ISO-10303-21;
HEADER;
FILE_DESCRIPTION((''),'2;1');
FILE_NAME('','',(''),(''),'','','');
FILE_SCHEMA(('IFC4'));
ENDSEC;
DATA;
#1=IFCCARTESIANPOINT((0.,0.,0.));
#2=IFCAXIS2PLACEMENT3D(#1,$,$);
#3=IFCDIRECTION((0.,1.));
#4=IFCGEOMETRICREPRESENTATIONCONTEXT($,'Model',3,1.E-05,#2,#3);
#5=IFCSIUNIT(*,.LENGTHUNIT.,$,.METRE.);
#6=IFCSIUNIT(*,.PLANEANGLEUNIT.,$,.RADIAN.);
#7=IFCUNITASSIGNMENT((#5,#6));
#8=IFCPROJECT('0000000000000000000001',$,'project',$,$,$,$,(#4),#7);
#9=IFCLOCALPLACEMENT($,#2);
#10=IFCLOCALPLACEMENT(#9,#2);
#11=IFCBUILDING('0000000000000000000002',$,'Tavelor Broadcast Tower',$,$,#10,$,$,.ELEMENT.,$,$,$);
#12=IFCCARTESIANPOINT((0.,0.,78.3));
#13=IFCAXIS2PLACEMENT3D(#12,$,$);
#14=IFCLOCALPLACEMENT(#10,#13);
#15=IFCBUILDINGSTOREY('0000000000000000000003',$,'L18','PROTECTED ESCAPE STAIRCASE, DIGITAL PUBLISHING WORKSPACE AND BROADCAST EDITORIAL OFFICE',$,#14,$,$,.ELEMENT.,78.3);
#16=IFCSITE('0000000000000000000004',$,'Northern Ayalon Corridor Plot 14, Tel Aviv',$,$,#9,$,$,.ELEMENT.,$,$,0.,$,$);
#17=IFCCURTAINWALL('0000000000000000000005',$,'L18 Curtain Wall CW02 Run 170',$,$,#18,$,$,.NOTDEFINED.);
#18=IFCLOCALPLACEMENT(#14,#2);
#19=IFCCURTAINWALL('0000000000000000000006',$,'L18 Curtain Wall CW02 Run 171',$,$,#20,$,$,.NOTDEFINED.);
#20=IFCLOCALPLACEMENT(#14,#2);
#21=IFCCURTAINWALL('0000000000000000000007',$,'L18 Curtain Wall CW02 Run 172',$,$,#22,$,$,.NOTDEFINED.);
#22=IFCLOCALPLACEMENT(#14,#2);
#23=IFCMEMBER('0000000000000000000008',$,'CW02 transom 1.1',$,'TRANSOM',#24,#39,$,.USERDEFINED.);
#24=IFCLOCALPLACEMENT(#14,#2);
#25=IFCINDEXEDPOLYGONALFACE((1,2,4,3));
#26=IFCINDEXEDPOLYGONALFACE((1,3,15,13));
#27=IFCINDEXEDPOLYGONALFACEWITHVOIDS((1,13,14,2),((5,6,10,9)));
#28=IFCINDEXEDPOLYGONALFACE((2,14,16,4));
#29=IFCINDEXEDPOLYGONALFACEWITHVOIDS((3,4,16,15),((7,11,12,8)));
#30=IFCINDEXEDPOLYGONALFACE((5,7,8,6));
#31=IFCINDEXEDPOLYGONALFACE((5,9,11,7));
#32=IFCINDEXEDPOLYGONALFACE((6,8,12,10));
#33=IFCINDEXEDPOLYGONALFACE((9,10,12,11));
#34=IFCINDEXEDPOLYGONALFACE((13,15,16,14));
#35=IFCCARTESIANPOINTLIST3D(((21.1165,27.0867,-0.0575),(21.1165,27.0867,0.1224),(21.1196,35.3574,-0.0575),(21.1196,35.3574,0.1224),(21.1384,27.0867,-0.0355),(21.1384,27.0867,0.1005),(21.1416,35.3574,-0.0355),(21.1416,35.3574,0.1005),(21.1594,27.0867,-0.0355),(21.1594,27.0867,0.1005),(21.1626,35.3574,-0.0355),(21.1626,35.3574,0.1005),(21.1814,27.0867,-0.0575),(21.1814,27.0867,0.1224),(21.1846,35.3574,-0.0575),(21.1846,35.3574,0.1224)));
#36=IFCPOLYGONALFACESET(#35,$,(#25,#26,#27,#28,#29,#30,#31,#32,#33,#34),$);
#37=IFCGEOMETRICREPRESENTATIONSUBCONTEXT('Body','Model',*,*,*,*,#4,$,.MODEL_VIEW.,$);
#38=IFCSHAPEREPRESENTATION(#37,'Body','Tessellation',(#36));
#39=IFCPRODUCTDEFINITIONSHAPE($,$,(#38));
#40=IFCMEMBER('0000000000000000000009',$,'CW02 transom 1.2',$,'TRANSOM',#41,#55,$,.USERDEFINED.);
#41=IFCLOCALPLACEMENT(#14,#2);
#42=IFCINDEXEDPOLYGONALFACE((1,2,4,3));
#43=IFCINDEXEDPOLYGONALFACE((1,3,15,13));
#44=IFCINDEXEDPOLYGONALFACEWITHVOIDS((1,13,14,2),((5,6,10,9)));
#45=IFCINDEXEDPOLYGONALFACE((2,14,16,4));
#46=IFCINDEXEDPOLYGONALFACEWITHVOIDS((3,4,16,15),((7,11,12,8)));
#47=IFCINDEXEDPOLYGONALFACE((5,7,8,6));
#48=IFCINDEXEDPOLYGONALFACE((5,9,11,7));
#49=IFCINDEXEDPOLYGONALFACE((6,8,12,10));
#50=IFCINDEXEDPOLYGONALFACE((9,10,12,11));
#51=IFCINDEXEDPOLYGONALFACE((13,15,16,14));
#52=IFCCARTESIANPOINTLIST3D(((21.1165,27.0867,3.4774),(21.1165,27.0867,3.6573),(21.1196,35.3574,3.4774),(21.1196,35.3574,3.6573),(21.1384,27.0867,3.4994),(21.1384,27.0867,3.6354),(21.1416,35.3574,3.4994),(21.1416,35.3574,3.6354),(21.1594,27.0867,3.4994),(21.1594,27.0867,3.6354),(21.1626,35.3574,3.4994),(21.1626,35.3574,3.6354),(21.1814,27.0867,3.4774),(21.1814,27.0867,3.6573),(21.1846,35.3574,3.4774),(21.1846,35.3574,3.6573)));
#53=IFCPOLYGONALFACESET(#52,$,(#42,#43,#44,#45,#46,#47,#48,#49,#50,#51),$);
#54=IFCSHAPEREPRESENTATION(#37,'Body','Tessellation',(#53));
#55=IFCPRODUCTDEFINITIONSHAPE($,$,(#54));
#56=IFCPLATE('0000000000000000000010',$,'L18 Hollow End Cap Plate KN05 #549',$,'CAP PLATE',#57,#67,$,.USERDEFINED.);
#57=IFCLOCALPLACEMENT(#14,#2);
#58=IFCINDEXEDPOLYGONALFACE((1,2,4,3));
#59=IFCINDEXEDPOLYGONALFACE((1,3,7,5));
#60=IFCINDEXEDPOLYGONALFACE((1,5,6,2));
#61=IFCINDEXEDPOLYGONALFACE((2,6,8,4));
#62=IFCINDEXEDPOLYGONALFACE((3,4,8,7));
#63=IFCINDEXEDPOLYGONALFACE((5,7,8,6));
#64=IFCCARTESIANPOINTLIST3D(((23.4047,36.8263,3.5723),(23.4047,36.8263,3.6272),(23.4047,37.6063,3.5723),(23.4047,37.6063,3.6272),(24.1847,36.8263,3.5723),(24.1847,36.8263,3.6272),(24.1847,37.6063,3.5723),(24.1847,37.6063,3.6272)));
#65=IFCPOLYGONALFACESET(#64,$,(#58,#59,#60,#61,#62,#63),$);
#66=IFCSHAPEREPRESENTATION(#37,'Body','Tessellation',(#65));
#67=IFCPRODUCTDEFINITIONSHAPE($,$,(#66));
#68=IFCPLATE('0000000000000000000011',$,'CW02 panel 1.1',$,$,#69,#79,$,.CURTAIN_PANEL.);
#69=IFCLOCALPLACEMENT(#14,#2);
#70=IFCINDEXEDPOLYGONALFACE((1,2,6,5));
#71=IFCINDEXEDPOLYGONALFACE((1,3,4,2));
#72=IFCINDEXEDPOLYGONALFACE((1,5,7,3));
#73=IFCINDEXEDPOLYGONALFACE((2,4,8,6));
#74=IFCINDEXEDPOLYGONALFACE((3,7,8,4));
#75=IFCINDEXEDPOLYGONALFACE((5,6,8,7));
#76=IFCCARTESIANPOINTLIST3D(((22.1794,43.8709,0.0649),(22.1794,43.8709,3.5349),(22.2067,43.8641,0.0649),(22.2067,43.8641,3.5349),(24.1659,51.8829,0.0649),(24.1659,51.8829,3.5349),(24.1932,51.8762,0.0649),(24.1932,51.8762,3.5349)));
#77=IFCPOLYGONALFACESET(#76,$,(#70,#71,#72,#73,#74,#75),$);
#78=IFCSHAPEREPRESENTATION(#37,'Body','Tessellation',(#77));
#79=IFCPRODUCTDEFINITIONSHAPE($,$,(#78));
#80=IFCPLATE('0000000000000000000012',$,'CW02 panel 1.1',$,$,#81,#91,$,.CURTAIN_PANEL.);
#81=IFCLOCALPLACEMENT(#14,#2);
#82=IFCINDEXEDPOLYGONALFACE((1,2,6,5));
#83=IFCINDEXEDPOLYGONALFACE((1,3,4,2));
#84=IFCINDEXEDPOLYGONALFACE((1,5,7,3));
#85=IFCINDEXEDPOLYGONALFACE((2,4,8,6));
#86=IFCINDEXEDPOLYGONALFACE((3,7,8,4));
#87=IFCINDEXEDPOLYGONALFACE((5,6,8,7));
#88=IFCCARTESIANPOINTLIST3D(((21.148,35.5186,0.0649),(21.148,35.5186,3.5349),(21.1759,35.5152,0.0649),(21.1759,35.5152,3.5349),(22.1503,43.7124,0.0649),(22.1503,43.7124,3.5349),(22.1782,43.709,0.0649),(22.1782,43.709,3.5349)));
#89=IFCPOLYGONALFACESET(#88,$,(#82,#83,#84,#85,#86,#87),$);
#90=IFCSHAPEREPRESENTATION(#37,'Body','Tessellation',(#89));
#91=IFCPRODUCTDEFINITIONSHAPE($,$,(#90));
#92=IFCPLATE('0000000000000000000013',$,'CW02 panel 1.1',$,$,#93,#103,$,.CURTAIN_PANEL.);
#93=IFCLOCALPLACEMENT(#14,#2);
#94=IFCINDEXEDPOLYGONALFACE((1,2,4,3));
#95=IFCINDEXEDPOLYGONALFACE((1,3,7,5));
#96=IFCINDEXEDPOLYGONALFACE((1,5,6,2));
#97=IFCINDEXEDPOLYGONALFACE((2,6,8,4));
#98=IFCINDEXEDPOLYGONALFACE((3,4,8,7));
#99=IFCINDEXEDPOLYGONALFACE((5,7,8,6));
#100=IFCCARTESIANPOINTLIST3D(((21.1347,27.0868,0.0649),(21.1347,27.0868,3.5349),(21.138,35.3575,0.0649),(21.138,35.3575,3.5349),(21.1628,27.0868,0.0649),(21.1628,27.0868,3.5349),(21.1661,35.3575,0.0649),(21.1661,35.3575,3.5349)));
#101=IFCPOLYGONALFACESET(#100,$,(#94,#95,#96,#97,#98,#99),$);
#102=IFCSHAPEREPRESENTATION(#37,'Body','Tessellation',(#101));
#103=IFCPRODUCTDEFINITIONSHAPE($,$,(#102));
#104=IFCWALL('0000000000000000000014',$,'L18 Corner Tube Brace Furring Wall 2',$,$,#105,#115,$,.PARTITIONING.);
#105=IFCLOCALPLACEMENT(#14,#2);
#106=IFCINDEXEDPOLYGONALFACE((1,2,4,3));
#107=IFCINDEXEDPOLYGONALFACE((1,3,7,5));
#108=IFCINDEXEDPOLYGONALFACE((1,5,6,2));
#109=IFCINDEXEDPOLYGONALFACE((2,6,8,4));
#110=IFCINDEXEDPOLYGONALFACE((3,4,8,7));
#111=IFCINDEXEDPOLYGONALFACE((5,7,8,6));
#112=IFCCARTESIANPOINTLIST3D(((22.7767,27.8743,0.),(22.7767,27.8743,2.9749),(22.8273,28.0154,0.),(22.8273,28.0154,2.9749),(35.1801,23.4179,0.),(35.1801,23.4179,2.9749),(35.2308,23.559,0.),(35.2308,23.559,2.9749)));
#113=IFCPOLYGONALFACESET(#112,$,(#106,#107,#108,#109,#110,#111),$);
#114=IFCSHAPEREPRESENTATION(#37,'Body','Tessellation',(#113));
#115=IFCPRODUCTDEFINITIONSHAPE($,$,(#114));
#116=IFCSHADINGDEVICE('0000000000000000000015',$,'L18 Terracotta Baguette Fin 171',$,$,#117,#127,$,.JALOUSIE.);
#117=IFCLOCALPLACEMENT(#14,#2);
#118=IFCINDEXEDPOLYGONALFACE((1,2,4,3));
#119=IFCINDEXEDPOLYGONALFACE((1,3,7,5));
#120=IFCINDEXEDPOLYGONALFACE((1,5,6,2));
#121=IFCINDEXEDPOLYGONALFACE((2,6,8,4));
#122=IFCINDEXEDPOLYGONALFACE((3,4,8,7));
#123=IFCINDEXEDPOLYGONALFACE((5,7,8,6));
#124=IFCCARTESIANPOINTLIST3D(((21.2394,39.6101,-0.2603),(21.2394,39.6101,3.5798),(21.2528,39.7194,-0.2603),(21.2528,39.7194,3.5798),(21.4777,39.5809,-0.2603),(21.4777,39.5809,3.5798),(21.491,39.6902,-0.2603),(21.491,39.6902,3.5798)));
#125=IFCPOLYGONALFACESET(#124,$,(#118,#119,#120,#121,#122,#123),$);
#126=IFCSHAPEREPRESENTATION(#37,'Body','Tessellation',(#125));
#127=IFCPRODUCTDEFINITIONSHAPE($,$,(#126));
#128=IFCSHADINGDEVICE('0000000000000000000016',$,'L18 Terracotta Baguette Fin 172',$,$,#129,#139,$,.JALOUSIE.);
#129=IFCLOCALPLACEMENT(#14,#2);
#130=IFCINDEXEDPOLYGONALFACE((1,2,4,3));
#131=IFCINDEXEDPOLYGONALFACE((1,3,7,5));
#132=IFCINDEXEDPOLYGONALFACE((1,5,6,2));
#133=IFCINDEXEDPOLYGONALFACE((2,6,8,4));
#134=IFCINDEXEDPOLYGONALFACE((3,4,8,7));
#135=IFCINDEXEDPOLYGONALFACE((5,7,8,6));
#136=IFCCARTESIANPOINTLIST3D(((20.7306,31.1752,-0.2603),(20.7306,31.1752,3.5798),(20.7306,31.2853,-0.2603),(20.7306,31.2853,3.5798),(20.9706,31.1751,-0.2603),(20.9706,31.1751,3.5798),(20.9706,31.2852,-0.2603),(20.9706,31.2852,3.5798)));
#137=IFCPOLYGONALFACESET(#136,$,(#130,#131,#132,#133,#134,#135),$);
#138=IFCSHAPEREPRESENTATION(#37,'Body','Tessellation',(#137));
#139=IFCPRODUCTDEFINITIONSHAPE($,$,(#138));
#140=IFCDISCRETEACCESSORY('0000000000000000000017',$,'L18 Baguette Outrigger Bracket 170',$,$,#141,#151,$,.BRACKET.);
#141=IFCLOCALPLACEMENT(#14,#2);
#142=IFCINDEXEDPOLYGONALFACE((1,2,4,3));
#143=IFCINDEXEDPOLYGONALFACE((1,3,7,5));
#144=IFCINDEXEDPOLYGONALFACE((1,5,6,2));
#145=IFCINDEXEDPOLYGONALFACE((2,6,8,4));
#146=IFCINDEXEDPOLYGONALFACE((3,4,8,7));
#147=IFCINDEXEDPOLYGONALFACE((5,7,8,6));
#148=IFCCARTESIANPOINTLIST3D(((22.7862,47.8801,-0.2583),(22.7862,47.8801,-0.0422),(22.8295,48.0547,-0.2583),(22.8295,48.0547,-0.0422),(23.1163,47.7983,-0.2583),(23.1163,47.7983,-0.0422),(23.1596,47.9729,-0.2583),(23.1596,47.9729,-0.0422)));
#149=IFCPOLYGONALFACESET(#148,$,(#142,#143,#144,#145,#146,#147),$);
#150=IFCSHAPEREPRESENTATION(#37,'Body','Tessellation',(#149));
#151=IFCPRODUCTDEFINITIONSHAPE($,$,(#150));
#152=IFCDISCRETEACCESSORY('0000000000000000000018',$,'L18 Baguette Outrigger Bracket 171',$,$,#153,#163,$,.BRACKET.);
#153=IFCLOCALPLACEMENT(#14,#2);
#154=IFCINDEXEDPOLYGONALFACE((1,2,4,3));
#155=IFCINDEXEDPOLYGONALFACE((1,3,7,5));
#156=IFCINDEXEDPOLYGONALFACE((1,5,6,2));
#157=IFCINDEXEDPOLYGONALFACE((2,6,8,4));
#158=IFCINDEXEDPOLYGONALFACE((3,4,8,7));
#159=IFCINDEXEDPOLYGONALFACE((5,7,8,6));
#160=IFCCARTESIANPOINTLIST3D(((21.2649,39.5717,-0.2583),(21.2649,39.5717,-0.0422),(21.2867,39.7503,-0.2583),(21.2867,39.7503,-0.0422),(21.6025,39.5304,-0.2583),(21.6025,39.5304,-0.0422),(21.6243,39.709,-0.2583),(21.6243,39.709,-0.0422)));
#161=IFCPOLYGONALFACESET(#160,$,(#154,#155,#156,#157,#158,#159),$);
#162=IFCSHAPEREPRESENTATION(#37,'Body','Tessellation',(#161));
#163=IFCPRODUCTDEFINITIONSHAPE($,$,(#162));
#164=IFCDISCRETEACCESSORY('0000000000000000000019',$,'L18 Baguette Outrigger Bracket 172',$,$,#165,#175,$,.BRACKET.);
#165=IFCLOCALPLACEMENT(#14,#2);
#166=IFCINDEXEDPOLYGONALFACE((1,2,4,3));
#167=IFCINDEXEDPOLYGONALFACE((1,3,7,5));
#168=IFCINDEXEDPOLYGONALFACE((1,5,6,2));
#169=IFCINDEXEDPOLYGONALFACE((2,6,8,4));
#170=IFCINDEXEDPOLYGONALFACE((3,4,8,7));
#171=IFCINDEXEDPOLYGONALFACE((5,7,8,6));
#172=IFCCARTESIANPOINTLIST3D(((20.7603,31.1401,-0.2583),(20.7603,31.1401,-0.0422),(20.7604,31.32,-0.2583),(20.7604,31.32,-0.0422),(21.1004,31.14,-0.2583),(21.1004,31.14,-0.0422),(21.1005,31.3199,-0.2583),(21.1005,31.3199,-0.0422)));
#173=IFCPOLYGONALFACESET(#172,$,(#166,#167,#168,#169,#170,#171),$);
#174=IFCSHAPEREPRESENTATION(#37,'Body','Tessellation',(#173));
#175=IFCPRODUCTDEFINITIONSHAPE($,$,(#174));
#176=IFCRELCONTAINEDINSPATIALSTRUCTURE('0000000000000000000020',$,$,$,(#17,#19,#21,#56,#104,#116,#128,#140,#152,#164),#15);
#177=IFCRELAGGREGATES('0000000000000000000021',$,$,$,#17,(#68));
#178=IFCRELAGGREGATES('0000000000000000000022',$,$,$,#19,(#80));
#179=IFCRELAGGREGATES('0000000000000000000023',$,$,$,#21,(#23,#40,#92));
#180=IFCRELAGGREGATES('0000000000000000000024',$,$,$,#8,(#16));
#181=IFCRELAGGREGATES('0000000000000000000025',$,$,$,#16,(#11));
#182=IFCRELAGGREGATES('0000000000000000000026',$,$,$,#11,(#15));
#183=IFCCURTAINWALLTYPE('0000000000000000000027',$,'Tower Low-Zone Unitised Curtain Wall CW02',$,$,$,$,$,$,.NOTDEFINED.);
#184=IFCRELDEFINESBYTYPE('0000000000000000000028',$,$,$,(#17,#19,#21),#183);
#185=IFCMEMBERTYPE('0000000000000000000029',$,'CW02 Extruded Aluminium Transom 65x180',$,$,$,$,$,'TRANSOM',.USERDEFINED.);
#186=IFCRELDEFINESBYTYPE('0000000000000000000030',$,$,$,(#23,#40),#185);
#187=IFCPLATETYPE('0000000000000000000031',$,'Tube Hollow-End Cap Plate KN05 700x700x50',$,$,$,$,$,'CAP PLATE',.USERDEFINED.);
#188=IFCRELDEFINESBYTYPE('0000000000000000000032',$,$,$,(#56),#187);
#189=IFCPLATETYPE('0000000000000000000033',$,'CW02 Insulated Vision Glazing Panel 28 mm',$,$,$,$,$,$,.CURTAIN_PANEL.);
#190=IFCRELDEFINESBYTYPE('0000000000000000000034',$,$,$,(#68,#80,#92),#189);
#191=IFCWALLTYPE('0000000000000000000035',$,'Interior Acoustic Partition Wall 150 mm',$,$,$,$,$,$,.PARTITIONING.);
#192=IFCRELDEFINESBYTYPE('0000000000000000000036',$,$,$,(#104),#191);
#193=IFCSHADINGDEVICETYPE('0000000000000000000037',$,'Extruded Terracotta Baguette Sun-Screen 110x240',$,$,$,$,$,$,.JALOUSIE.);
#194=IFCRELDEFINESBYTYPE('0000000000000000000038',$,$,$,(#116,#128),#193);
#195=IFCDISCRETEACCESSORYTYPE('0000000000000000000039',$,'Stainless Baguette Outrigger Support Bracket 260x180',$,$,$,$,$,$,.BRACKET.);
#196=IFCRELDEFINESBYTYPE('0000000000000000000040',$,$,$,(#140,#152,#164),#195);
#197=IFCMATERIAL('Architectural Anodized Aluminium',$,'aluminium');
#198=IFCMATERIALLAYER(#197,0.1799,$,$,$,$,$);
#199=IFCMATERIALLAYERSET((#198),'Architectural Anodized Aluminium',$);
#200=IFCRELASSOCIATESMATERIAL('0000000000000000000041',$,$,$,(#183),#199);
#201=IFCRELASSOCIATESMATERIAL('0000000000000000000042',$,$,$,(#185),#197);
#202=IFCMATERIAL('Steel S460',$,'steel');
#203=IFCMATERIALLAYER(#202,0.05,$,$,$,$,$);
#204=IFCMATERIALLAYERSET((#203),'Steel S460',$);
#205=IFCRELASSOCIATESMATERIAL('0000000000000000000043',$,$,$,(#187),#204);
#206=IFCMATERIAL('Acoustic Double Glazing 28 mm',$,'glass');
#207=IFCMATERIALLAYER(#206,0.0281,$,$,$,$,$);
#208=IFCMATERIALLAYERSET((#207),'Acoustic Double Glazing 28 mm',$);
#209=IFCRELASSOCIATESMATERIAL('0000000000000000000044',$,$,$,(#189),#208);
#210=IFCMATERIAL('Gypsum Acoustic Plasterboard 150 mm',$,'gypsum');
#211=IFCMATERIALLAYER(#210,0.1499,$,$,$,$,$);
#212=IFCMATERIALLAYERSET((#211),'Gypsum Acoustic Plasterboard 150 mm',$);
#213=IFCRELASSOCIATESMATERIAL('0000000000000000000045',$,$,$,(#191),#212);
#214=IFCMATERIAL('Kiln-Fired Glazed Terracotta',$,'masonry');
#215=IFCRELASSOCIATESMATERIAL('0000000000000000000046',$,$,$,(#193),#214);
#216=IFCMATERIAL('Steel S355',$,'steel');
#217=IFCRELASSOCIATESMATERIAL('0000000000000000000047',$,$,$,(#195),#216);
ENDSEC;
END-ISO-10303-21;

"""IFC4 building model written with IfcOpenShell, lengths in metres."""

from ifc_helpers import new_model, si_unit, direction, frame, frame_2d, origin, origin_2d, place, context, subcontext, project, spatial, rectangle, hollow_rectangle, extrude, source, transform, mapped, material, layer, layer_set, material_profile, profile_set, type_object, type_shapes, element, aggregate, save


model = new_model("IFC4")

# Units and contexts
model_context = context("Model", 3, precision=1e-05, world=origin(), true_north=direction((0.0, 1.0)))
body_context = subcontext(model_context, "Body", "Model", "MODEL_VIEW")
ifc_project = project(units=[si_unit("LENGTHUNIT", "METRE"), si_unit("PLANEANGLEUNIT", "RADIAN")], contexts=[model_context])

# Site, building, storey
site_placement = place(None, origin())
site = spatial("IfcSite", under=ifc_project, at=site_placement, Name="Northern Ayalon Corridor Plot 14, Tel Aviv", CompositionType="ELEMENT", RefElevation=0.0)
building_placement = place(site_placement, origin())
building = spatial("IfcBuilding", under=site, at=building_placement, Name="Tavelor Broadcast Tower", CompositionType="ELEMENT")
storey_placement = place(building_placement, frame((0.0, 0.0, 78.3)))
storey = spatial("IfcBuildingStorey", under=building, at=storey_placement, Name="L18", Description="PROTECTED ESCAPE STAIRCASE, DIGITAL PUBLISHING WORKSPACE AND BROADCAST EDITORIAL OFFICE", CompositionType="ELEMENT", Elevation=78.3)

# Shared definitions
ifc_material_1 = material(Name="Steel S460", Category="steel")

# Shared definitions
ifc_material_2 = material(Name="Steel S355", Category="steel")

# Curtain wall
ifc_material_3 = material(Name="Architectural Anodized Aluminium", Category="aluminium")
ifc_layer_1 = layer(ifc_material_3, 0.1799)
ifc_layer_set_1 = layer_set([ifc_layer_1], Name="Architectural Anodized Aluminium")
curtain_wall_type = type_object("IfcCurtainWallType", Name="Tower Low-Zone Unitised Curtain Wall CW02", PredefinedType="NOTDEFINED", material=ifc_layer_set_1)
curtain_wall_1_placement = place(storey_placement, origin())
curtain_wall_1 = element("IfcCurtainWall", 1, at=curtain_wall_1_placement, inside=storey, type_object=curtain_wall_type, Name="L18 Curtain Wall CW02 Run 170", PredefinedType="NOTDEFINED")

# Curtain wall
curtain_wall_2_placement = place(storey_placement, origin())
curtain_wall_2 = element("IfcCurtainWall", 2, at=curtain_wall_2_placement, inside=storey, type_object=curtain_wall_type, Name="L18 Curtain Wall CW02 Run 171", PredefinedType="NOTDEFINED")

# Curtain wall
curtain_wall_3_placement = place(storey_placement, origin())
curtain_wall_3 = element("IfcCurtainWall", 3, at=curtain_wall_3_placement, inside=storey, type_object=curtain_wall_type, Name="L18 Curtain Wall CW02 Run 172", PredefinedType="NOTDEFINED")

# Members
ifc_material_profile_1 = material_profile(ifc_material_3, hollow_rectangle(XDim=0.0649, YDim=0.1799, WallThickness=0.022, at=origin_2d()), Name="RHS 65x180x22")
ifc_profile_set_1 = profile_set([ifc_material_profile_1], Name="Architectural Anodized Aluminium")
member_type_1 = type_object("IfcMemberType", Name="CW02 Extruded Aluminium Transom 65x180", ElementType="TRANSOM", PredefinedType="USERDEFINED", material=ifc_profile_set_1)
shared_shape_1 = source(origin(), body_context, "Body", "SweptSolid", [
    extrude(hollow_rectangle(XDim=0.0649, YDim=0.1799, WallThickness=0.022, at=origin_2d()), origin(), (0.0, 0.0, 1.0), 8.2708),
])
member_1_placement = place(storey_placement, frame((21.1521, 35.3574, 0.0325), z_axis=(-0.000384, -1.0, 0.0), x_axis=(1.0, -0.000384, 0.0)))
member_1 = element("IfcMember", 4, at=member_1_placement, type_object=member_type_1, Name="CW02 transom 1.1", ObjectType="TRANSOM", PredefinedType="USERDEFINED", context=body_context, shape_type="MappedRepresentation", body=[
    mapped(shared_shape_1, transform((0.0, 0.0, 0.0), scale=1.0)),
])
member_2_placement = place(storey_placement, frame((21.1521, 35.3574, 3.5674), z_axis=(-0.000384, -1.0, 0.0), x_axis=(1.0, -0.000384, 0.0)))
member_2 = element("IfcMember", 5, at=member_2_placement, type_object=member_type_1, Name="CW02 transom 1.2", ObjectType="TRANSOM", PredefinedType="USERDEFINED", context=body_context, shape_type="MappedRepresentation", body=[
    mapped(shared_shape_1, transform((0.0, 0.0, 0.0), scale=1.0)),
])

# Plates
ifc_layer_2 = layer(ifc_material_1, 0.05)
ifc_layer_set_2 = layer_set([ifc_layer_2], Name="Steel S460")
plate_type_1 = type_object("IfcPlateType", Name="Tube Hollow-End Cap Plate KN05 700x700x50", ElementType="CAP PLATE", PredefinedType="USERDEFINED", material=ifc_layer_set_2)
shared_shape_2 = source(origin(), body_context, "Body", "SweptSolid", [
    extrude(rectangle(XDim=0.78, YDim=0.78, at=origin_2d()), origin(), (0.0, 0.0, 1.0), 0.0549),
])
type_shapes(plate_type_1, [shared_shape_2])
plate_1_placement = place(storey_placement, frame((23.7947, 37.2163, 3.5723), z_axis=(0.0, 0.0, 1.0), x_axis=(1.0, 0.0, 0.0)))
element("IfcPlate", 6, at=plate_1_placement, inside=storey, type_object=plate_type_1, Name="L18 Hollow End Cap Plate KN05 #549", ObjectType="CAP PLATE", PredefinedType="USERDEFINED", context=body_context, shape_type="MappedRepresentation", body=[
    mapped(shared_shape_2, transform((0.0, 0.0, 0.0), scale=1.0)),
])
ifc_material_4 = material(Name="Acoustic Double Glazing 28 mm", Category="glass")
ifc_layer_3 = layer(ifc_material_4, 0.0281)
ifc_layer_set_3 = layer_set([ifc_layer_3], Name="Acoustic Double Glazing 28 mm")
plate_type_2 = type_object("IfcPlateType", Name="CW02 Insulated Vision Glazing Panel 28 mm", PredefinedType="CURTAIN_PANEL", material=ifc_layer_set_3)
shared_shape_3 = source(origin(), body_context, "Body", "SweptSolid", [
    extrude(rectangle(XDim=8.2546, YDim=0.0281, at=origin_2d()), origin(), (0.0, 0.0, 1.0), 3.47),
])
plate_2_placement = place(storey_placement, frame((23.1863, 47.8735, 0.0649), z_axis=(0.0, 0.0, 1.0), x_axis=(-0.240652, -0.970611, 0.0)))
plate_2 = element("IfcPlate", 7, at=plate_2_placement, type_object=plate_type_2, Name="CW02 panel 1.1", PredefinedType="CURTAIN_PANEL", context=body_context, shape_type="MappedRepresentation", body=[
    mapped(shared_shape_3, transform((0.0, 0.0, 0.0), scale=1.0)),
])
aggregate(curtain_wall_1, [plate_2])
shared_shape_4 = source(origin(), body_context, "Body", "SweptSolid", [
    extrude(rectangle(XDim=8.2549, YDim=0.0281, at=origin_2d()), origin(), (0.0, 0.0, 1.0), 3.47),
])
plate_3_placement = place(storey_placement, frame((21.6631, 39.6138, 0.0649), z_axis=(0.0, 0.0, 1.0), x_axis=(-0.121422, -0.992601, 0.0)))
plate_3 = element("IfcPlate", 8, at=plate_3_placement, type_object=plate_type_2, Name="CW02 panel 1.1", PredefinedType="CURTAIN_PANEL", context=body_context, shape_type="MappedRepresentation", body=[
    mapped(shared_shape_4, transform((0.0, 0.0, 0.0), scale=1.0)),
])
aggregate(curtain_wall_2, [plate_3])
shared_shape_5 = source(origin(), body_context, "Body", "SweptSolid", [
    extrude(rectangle(XDim=8.2708, YDim=0.0281, at=origin_2d()), origin(), (0.0, 0.0, 1.0), 3.47),
])
type_shapes(plate_type_2, [shared_shape_3, shared_shape_4, shared_shape_5])
plate_4_placement = place(storey_placement, frame((21.1504, 31.2222, 0.0649), z_axis=(0.0, 0.0, 1.0), x_axis=(-0.000405, -1.0, 0.0)))
plate_4 = element("IfcPlate", 9, at=plate_4_placement, type_object=plate_type_2, Name="CW02 panel 1.1", PredefinedType="CURTAIN_PANEL", context=body_context, shape_type="MappedRepresentation", body=[
    mapped(shared_shape_5, transform((0.0, 0.0, 0.0), scale=1.0)),
])
aggregate(curtain_wall_3, [member_1, member_2, plate_4])

# Wall
ifc_material_5 = material(Name="Gypsum Acoustic Plasterboard 150 mm", Category="gypsum")
ifc_layer_4 = layer(ifc_material_5, 0.1499)
ifc_layer_set_4 = layer_set([ifc_layer_4], Name="Gypsum Acoustic Plasterboard 150 mm")
wall_type = type_object("IfcWallType", Name="Interior Acoustic Partition Wall 150 mm", PredefinedType="PARTITIONING", material=ifc_layer_set_4)
wall_placement = place(storey_placement, frame((22.802, 27.9448, 0.0), z_axis=(0.0, 0.0, 1.0), x_axis=(0.941102, -0.338122, 0.0)))
element("IfcWall", 10, at=wall_placement, inside=storey, type_object=wall_type, Name="L18 Corner Tube Brace Furring Wall 2", PredefinedType="PARTITIONING", context=body_context, shape_type="SweptSolid", body=[
    extrude(rectangle(XDim=13.1797, YDim=0.1499, at=frame_2d((6.5898, 0.0))), origin(), (0.0, 0.0, 1.0), 2.9749),
])

# Shading devices
ifc_material_6 = material(Name="Kiln-Fired Glazed Terracotta", Category="masonry")
shading_device_type = type_object("IfcShadingDeviceType", Name="Extruded Terracotta Baguette Sun-Screen 110x240", PredefinedType="JALOUSIE", material=ifc_material_6)
shared_shape_6 = source(origin(), body_context, "Body", "SweptSolid", [
    extrude(rectangle(XDim=0.1101, YDim=0.24, at=origin_2d()), origin(), (0.0, 0.0, 1.0), 3.8401),
])
type_shapes(shading_device_type, [shared_shape_6])
for number, where, z_axis, x_axis, name in (
    (11, (21.3652, 39.6501, -0.2603), (0.0, 0.0, 1.0), (-0.12135, -0.99261, 0.0), "L18 Terracotta Baguette Fin 171"),
    (12, (20.8506, 31.2302, -0.2603), (0.0, 0.0, 1.0), (-0.000349, -1.0, 0.0), "L18 Terracotta Baguette Fin 172"),
):
    element("IfcShadingDevice", number, at=place(storey_placement, frame(where, z_axis=z_axis, x_axis=x_axis)), inside=storey, type_object=shading_device_type, Name=name, PredefinedType="JALOUSIE", context=body_context, shape_type="MappedRepresentation", body=[
        mapped(shared_shape_6, transform((0.0, 0.0, 0.0), scale=1.0)),
    ])

# Discrete accessories
discrete_accessory_type = type_object("IfcDiscreteAccessoryType", Name="Stainless Baguette Outrigger Support Bracket 260x180", PredefinedType="BRACKET", material=ifc_material_2)
shared_shape_7 = source(origin(), body_context, "Body", "SweptSolid", [
    extrude(rectangle(XDim=0.1799, YDim=0.3401, at=origin_2d()), origin(), (0.0, 0.0, 1.0), 0.2161),
])
type_shapes(discrete_accessory_type, [shared_shape_7])
for number, where, z_axis, x_axis, name in (
    (13, (22.9729, 47.9265, -0.2583), (0.0, 0.0, 1.0), (-0.240567, -0.970633, 0.0), "L18 Baguette Outrigger Bracket 170"),
    (14, (21.4446, 39.6404, -0.2583), (0.0, 0.0, 1.0), (-0.12135, -0.99261, 0.0), "L18 Baguette Outrigger Bracket 171"),
    (15, (20.9304, 31.23, -0.2583), (0.0, 0.0, 1.0), (-0.000349, -1.0, 0.0), "L18 Baguette Outrigger Bracket 172"),
):
    element("IfcDiscreteAccessory", number, at=place(storey_placement, frame(where, z_axis=z_axis, x_axis=x_axis)), inside=storey, type_object=discrete_accessory_type, Name=name, PredefinedType="BRACKET", context=body_context, shape_type="MappedRepresentation", body=[
        mapped(shared_shape_7, transform((0.0, 0.0, 0.0), scale=1.0)),
    ])

save(model, "model.ifc")
